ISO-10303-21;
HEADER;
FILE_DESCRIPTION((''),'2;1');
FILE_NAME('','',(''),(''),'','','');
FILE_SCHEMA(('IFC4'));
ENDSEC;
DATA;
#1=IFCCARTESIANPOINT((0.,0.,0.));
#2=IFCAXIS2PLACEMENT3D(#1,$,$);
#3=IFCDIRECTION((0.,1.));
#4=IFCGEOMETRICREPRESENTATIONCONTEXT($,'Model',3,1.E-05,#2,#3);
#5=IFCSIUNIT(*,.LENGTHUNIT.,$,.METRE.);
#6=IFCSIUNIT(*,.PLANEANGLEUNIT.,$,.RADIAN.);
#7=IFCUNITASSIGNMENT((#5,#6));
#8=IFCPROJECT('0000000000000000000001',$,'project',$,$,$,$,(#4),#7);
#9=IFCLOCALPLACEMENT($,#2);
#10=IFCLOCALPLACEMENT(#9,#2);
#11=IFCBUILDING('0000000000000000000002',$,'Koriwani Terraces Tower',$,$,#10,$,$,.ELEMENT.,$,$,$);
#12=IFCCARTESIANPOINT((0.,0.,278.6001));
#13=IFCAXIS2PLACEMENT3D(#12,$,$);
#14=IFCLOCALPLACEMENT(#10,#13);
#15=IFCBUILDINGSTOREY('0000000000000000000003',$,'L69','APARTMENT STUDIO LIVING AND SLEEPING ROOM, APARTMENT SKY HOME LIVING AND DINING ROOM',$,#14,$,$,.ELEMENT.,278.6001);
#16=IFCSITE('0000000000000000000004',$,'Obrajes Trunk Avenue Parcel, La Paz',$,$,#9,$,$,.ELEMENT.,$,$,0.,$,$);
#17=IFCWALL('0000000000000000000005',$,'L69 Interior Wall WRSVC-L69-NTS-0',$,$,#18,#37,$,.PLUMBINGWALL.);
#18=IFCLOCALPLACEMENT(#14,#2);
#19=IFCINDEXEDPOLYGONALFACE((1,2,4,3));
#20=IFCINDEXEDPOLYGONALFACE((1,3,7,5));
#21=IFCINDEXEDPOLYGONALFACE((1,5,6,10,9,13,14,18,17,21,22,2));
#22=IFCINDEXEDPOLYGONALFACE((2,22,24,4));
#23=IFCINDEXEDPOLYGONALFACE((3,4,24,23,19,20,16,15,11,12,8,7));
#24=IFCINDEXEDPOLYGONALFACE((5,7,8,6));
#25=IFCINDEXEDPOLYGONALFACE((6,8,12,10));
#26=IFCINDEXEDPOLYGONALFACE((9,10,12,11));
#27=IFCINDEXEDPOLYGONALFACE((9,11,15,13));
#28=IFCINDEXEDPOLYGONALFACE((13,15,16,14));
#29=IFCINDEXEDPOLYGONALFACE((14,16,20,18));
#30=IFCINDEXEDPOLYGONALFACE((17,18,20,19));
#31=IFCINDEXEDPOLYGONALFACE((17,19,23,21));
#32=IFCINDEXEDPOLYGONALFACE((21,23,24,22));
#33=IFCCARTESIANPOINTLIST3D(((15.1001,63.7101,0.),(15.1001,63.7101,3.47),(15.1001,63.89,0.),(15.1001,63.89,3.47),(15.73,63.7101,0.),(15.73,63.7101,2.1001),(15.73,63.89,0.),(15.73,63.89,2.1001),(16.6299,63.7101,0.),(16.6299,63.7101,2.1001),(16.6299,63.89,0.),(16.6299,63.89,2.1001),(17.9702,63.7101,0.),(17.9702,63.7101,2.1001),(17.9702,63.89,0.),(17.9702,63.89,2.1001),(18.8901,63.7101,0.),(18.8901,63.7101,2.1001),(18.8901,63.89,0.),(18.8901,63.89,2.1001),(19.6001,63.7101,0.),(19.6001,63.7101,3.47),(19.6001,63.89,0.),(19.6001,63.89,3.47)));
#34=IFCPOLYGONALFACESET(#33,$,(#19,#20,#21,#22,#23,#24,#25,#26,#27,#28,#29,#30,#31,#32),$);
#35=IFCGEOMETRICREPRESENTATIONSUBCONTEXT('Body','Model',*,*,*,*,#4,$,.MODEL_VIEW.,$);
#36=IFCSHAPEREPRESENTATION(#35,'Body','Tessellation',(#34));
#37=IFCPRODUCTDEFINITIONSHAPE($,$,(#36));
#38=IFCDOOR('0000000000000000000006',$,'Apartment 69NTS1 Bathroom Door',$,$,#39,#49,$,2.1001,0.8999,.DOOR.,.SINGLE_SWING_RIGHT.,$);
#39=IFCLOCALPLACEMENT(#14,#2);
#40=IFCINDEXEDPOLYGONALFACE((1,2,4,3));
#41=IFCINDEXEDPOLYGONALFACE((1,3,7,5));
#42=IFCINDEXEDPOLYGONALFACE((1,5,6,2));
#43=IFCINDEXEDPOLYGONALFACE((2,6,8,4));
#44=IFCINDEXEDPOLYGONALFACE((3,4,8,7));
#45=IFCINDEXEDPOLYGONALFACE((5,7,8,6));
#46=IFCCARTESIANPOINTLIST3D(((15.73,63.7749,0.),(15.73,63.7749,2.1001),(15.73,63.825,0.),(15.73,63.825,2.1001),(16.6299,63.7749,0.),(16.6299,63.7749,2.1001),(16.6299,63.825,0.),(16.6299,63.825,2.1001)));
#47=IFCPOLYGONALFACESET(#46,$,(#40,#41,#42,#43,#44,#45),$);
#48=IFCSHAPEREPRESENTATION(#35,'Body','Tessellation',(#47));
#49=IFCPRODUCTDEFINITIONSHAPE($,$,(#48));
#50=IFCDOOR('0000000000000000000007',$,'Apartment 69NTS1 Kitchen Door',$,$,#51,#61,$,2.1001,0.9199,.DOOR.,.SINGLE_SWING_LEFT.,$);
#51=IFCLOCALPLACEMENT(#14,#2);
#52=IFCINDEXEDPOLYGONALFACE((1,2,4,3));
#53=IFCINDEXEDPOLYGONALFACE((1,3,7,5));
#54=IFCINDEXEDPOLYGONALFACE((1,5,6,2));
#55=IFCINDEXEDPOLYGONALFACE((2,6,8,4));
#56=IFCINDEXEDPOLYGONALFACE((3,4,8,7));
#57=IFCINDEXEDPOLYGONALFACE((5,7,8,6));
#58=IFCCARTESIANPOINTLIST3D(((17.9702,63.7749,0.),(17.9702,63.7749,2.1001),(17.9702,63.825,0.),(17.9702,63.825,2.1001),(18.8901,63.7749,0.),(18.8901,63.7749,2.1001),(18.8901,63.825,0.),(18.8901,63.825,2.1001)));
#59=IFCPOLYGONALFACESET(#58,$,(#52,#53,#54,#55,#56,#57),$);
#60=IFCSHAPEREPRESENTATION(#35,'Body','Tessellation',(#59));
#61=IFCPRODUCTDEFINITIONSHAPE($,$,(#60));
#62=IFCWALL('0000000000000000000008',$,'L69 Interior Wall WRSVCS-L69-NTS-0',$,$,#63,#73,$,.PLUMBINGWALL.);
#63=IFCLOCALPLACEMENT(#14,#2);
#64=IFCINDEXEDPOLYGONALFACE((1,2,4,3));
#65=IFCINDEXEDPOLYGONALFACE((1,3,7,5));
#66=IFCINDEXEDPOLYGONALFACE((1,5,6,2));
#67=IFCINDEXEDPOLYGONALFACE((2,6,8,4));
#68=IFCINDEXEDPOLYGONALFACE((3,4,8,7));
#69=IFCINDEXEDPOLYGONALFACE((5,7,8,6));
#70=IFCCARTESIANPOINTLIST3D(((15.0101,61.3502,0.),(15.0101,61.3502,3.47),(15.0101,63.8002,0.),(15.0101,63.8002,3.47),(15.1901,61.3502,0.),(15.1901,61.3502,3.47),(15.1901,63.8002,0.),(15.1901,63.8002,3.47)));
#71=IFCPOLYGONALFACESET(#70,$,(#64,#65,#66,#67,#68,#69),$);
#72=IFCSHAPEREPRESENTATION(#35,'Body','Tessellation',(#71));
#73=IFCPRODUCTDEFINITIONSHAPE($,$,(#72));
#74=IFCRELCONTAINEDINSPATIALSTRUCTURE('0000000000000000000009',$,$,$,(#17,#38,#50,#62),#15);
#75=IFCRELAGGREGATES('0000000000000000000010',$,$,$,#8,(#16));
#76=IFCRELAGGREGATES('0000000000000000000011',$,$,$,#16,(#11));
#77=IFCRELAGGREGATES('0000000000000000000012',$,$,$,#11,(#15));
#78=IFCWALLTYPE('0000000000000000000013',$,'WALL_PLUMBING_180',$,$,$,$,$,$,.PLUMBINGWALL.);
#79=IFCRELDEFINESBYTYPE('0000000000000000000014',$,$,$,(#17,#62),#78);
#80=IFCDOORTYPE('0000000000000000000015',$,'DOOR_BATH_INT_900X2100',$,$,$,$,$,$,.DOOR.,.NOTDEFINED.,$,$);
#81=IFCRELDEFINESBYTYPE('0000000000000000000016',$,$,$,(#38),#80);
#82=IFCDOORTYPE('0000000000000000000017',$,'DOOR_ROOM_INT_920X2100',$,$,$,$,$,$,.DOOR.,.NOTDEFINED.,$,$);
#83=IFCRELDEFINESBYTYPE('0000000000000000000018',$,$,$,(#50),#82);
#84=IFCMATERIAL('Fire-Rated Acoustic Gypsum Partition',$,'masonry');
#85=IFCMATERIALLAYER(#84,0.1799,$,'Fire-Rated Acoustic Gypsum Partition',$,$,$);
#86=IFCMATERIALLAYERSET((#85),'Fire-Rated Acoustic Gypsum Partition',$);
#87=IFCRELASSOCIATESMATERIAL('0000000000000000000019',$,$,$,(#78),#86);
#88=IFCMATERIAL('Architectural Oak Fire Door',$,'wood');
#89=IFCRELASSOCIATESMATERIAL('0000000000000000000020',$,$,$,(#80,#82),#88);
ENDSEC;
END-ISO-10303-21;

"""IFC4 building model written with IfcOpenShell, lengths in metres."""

from ifc_helpers import new_model, si_unit, direction, frame, frame_2d, origin, place, context, subcontext, project, spatial, rectangle, extrude, material, layer, layer_set, type_object, element, fill, save


model = new_model("IFC4")

# Units and contexts
model_context = context("Model", 3, precision=1e-05, world=origin(), true_north=direction((0.0, 1.0)))
body_context = subcontext(model_context, "Body", "Model", "MODEL_VIEW")
ifc_project = project(units=[si_unit("LENGTHUNIT", "METRE"), si_unit("PLANEANGLEUNIT", "RADIAN")], contexts=[model_context])

# Site, building, storey
site_placement = place(None, origin())
site = spatial("IfcSite", under=ifc_project, at=site_placement, Name="Obrajes Trunk Avenue Parcel, La Paz", CompositionType="ELEMENT", RefElevation=0.0)
building_placement = place(site_placement, origin())
building = spatial("IfcBuilding", under=site, at=building_placement, Name="Koriwani Terraces Tower", CompositionType="ELEMENT")
storey_placement = place(building_placement, frame((0.0, 0.0, 278.6001)))
storey = spatial("IfcBuildingStorey", under=building, at=storey_placement, Name="L69", Description="APARTMENT STUDIO LIVING AND SLEEPING ROOM, APARTMENT SKY HOME LIVING AND DINING ROOM", CompositionType="ELEMENT", Elevation=278.6001)

# Shared definitions
ifc_material_1 = material(Name="Architectural Oak Fire Door", Category="wood")

# Wall, openings, doors
ifc_material_2 = material(Name="Fire-Rated Acoustic Gypsum Partition", Category="masonry")
ifc_layer_1 = layer(ifc_material_2, 0.1799, Name="Fire-Rated Acoustic Gypsum Partition")
ifc_layer_set_1 = layer_set([ifc_layer_1], Name="Fire-Rated Acoustic Gypsum Partition")
wall_type_1 = type_object("IfcWallType", Name="WALL_PLUMBING_180", PredefinedType="PLUMBINGWALL", material=ifc_layer_set_1)
wall_1_placement = place(storey_placement, frame((15.1001, 63.8, 0.0), z_axis=(0.0, 0.0, 1.0), x_axis=(1.0, 0.0, 0.0)))
wall_1 = element("IfcWall", 1, at=wall_1_placement, inside=storey, type_object=wall_type_1, Name="L69 Interior Wall WRSVC-L69-NTS-0", PredefinedType="PLUMBINGWALL", context=body_context, shape_type="SweptSolid", body=[
    extrude(rectangle(XDim=4.5, YDim=0.1799, at=frame_2d((2.25, 0.0))), origin(), (0.0, 0.0, 1.0), 3.47),
])
opening_1_placement = place(wall_1_placement, frame((0.6299, 0.0, 0.0)))
opening_1 = element("IfcOpeningElement", 2, at=opening_1_placement, cuts=wall_1, PredefinedType="OPENING", context=body_context, shape_type="SweptSolid", body=[
    extrude(rectangle(XDim=0.8999, YDim=2.1001, at=frame_2d((0.45, 1.05))), frame((0.0, 0.1001, 0.0), z_axis=(0.0, -1.0, 0.0), x_axis=(1.0, 0.0, 0.0)), (0.0, 0.0, 1.0), 0.2),
])
opening_2_placement = place(wall_1_placement, frame((2.8701, 0.0, 0.0)))
opening_2 = element("IfcOpeningElement", 3, at=opening_2_placement, cuts=wall_1, PredefinedType="OPENING", context=body_context, shape_type="SweptSolid", body=[
    extrude(rectangle(XDim=0.9199, YDim=2.1001, at=frame_2d((0.46, 1.05))), frame((0.0, 0.1001, 0.0), z_axis=(0.0, -1.0, 0.0), x_axis=(1.0, 0.0, 0.0)), (0.0, 0.0, 1.0), 0.2),
])
door_type_1 = type_object("IfcDoorType", Name="DOOR_BATH_INT_900X2100", OperationType="NOTDEFINED", PredefinedType="DOOR", material=ifc_material_1)
door_1_placement = place(opening_1_placement, origin())
door_1 = element("IfcDoor", 4, at=door_1_placement, inside=storey, type_object=door_type_1, Name="Apartment 69NTS1 Bathroom Door", OperationType="SINGLE_SWING_RIGHT", OverallHeight=2.1001, OverallWidth=0.8999, PredefinedType="DOOR", context=body_context, shape_type="SweptSolid", body=[
    extrude(rectangle(XDim=0.8999, YDim=2.1001, at=frame_2d((0.45, 1.05))), frame((0.0, 0.0249, 0.0), z_axis=(0.0, -1.0, 0.0), x_axis=(1.0, 0.0, 0.0)), (0.0, 0.0, 1.0), 0.05),
])
fill(opening_1, door_1)
door_type_2 = type_object("IfcDoorType", Name="DOOR_ROOM_INT_920X2100", OperationType="NOTDEFINED", PredefinedType="DOOR", material=ifc_material_1)
door_2_placement = place(opening_2_placement, origin())
door_2 = element("IfcDoor", 5, at=door_2_placement, inside=storey, type_object=door_type_2, Name="Apartment 69NTS1 Kitchen Door", OperationType="SINGLE_SWING_LEFT", OverallHeight=2.1001, OverallWidth=0.9199, PredefinedType="DOOR", context=body_context, shape_type="SweptSolid", body=[
    extrude(rectangle(XDim=0.9199, YDim=2.1001, at=frame_2d((0.46, 1.05))), frame((0.0, 0.0249, 0.0), z_axis=(0.0, -1.0, 0.0), x_axis=(1.0, 0.0, 0.0)), (0.0, 0.0, 1.0), 0.05),
])
fill(opening_2, door_2)

# Wall
wall_2_placement = place(storey_placement, frame((15.1001, 61.3501, 0.0), z_axis=(0.0, 0.0, 1.0), x_axis=(0.0, 1.0, 0.0)))
element("IfcWall", 6, at=wall_2_placement, inside=storey, type_object=wall_type_1, Name="L69 Interior Wall WRSVCS-L69-NTS-0", PredefinedType="PLUMBINGWALL", context=body_context, shape_type="SweptSolid", body=[
    extrude(rectangle(XDim=2.45, YDim=0.1799, at=frame_2d((1.2251, 0.0))), origin(), (0.0, 0.0, 1.0), 3.47),
])

save(model, "model.ifc")
